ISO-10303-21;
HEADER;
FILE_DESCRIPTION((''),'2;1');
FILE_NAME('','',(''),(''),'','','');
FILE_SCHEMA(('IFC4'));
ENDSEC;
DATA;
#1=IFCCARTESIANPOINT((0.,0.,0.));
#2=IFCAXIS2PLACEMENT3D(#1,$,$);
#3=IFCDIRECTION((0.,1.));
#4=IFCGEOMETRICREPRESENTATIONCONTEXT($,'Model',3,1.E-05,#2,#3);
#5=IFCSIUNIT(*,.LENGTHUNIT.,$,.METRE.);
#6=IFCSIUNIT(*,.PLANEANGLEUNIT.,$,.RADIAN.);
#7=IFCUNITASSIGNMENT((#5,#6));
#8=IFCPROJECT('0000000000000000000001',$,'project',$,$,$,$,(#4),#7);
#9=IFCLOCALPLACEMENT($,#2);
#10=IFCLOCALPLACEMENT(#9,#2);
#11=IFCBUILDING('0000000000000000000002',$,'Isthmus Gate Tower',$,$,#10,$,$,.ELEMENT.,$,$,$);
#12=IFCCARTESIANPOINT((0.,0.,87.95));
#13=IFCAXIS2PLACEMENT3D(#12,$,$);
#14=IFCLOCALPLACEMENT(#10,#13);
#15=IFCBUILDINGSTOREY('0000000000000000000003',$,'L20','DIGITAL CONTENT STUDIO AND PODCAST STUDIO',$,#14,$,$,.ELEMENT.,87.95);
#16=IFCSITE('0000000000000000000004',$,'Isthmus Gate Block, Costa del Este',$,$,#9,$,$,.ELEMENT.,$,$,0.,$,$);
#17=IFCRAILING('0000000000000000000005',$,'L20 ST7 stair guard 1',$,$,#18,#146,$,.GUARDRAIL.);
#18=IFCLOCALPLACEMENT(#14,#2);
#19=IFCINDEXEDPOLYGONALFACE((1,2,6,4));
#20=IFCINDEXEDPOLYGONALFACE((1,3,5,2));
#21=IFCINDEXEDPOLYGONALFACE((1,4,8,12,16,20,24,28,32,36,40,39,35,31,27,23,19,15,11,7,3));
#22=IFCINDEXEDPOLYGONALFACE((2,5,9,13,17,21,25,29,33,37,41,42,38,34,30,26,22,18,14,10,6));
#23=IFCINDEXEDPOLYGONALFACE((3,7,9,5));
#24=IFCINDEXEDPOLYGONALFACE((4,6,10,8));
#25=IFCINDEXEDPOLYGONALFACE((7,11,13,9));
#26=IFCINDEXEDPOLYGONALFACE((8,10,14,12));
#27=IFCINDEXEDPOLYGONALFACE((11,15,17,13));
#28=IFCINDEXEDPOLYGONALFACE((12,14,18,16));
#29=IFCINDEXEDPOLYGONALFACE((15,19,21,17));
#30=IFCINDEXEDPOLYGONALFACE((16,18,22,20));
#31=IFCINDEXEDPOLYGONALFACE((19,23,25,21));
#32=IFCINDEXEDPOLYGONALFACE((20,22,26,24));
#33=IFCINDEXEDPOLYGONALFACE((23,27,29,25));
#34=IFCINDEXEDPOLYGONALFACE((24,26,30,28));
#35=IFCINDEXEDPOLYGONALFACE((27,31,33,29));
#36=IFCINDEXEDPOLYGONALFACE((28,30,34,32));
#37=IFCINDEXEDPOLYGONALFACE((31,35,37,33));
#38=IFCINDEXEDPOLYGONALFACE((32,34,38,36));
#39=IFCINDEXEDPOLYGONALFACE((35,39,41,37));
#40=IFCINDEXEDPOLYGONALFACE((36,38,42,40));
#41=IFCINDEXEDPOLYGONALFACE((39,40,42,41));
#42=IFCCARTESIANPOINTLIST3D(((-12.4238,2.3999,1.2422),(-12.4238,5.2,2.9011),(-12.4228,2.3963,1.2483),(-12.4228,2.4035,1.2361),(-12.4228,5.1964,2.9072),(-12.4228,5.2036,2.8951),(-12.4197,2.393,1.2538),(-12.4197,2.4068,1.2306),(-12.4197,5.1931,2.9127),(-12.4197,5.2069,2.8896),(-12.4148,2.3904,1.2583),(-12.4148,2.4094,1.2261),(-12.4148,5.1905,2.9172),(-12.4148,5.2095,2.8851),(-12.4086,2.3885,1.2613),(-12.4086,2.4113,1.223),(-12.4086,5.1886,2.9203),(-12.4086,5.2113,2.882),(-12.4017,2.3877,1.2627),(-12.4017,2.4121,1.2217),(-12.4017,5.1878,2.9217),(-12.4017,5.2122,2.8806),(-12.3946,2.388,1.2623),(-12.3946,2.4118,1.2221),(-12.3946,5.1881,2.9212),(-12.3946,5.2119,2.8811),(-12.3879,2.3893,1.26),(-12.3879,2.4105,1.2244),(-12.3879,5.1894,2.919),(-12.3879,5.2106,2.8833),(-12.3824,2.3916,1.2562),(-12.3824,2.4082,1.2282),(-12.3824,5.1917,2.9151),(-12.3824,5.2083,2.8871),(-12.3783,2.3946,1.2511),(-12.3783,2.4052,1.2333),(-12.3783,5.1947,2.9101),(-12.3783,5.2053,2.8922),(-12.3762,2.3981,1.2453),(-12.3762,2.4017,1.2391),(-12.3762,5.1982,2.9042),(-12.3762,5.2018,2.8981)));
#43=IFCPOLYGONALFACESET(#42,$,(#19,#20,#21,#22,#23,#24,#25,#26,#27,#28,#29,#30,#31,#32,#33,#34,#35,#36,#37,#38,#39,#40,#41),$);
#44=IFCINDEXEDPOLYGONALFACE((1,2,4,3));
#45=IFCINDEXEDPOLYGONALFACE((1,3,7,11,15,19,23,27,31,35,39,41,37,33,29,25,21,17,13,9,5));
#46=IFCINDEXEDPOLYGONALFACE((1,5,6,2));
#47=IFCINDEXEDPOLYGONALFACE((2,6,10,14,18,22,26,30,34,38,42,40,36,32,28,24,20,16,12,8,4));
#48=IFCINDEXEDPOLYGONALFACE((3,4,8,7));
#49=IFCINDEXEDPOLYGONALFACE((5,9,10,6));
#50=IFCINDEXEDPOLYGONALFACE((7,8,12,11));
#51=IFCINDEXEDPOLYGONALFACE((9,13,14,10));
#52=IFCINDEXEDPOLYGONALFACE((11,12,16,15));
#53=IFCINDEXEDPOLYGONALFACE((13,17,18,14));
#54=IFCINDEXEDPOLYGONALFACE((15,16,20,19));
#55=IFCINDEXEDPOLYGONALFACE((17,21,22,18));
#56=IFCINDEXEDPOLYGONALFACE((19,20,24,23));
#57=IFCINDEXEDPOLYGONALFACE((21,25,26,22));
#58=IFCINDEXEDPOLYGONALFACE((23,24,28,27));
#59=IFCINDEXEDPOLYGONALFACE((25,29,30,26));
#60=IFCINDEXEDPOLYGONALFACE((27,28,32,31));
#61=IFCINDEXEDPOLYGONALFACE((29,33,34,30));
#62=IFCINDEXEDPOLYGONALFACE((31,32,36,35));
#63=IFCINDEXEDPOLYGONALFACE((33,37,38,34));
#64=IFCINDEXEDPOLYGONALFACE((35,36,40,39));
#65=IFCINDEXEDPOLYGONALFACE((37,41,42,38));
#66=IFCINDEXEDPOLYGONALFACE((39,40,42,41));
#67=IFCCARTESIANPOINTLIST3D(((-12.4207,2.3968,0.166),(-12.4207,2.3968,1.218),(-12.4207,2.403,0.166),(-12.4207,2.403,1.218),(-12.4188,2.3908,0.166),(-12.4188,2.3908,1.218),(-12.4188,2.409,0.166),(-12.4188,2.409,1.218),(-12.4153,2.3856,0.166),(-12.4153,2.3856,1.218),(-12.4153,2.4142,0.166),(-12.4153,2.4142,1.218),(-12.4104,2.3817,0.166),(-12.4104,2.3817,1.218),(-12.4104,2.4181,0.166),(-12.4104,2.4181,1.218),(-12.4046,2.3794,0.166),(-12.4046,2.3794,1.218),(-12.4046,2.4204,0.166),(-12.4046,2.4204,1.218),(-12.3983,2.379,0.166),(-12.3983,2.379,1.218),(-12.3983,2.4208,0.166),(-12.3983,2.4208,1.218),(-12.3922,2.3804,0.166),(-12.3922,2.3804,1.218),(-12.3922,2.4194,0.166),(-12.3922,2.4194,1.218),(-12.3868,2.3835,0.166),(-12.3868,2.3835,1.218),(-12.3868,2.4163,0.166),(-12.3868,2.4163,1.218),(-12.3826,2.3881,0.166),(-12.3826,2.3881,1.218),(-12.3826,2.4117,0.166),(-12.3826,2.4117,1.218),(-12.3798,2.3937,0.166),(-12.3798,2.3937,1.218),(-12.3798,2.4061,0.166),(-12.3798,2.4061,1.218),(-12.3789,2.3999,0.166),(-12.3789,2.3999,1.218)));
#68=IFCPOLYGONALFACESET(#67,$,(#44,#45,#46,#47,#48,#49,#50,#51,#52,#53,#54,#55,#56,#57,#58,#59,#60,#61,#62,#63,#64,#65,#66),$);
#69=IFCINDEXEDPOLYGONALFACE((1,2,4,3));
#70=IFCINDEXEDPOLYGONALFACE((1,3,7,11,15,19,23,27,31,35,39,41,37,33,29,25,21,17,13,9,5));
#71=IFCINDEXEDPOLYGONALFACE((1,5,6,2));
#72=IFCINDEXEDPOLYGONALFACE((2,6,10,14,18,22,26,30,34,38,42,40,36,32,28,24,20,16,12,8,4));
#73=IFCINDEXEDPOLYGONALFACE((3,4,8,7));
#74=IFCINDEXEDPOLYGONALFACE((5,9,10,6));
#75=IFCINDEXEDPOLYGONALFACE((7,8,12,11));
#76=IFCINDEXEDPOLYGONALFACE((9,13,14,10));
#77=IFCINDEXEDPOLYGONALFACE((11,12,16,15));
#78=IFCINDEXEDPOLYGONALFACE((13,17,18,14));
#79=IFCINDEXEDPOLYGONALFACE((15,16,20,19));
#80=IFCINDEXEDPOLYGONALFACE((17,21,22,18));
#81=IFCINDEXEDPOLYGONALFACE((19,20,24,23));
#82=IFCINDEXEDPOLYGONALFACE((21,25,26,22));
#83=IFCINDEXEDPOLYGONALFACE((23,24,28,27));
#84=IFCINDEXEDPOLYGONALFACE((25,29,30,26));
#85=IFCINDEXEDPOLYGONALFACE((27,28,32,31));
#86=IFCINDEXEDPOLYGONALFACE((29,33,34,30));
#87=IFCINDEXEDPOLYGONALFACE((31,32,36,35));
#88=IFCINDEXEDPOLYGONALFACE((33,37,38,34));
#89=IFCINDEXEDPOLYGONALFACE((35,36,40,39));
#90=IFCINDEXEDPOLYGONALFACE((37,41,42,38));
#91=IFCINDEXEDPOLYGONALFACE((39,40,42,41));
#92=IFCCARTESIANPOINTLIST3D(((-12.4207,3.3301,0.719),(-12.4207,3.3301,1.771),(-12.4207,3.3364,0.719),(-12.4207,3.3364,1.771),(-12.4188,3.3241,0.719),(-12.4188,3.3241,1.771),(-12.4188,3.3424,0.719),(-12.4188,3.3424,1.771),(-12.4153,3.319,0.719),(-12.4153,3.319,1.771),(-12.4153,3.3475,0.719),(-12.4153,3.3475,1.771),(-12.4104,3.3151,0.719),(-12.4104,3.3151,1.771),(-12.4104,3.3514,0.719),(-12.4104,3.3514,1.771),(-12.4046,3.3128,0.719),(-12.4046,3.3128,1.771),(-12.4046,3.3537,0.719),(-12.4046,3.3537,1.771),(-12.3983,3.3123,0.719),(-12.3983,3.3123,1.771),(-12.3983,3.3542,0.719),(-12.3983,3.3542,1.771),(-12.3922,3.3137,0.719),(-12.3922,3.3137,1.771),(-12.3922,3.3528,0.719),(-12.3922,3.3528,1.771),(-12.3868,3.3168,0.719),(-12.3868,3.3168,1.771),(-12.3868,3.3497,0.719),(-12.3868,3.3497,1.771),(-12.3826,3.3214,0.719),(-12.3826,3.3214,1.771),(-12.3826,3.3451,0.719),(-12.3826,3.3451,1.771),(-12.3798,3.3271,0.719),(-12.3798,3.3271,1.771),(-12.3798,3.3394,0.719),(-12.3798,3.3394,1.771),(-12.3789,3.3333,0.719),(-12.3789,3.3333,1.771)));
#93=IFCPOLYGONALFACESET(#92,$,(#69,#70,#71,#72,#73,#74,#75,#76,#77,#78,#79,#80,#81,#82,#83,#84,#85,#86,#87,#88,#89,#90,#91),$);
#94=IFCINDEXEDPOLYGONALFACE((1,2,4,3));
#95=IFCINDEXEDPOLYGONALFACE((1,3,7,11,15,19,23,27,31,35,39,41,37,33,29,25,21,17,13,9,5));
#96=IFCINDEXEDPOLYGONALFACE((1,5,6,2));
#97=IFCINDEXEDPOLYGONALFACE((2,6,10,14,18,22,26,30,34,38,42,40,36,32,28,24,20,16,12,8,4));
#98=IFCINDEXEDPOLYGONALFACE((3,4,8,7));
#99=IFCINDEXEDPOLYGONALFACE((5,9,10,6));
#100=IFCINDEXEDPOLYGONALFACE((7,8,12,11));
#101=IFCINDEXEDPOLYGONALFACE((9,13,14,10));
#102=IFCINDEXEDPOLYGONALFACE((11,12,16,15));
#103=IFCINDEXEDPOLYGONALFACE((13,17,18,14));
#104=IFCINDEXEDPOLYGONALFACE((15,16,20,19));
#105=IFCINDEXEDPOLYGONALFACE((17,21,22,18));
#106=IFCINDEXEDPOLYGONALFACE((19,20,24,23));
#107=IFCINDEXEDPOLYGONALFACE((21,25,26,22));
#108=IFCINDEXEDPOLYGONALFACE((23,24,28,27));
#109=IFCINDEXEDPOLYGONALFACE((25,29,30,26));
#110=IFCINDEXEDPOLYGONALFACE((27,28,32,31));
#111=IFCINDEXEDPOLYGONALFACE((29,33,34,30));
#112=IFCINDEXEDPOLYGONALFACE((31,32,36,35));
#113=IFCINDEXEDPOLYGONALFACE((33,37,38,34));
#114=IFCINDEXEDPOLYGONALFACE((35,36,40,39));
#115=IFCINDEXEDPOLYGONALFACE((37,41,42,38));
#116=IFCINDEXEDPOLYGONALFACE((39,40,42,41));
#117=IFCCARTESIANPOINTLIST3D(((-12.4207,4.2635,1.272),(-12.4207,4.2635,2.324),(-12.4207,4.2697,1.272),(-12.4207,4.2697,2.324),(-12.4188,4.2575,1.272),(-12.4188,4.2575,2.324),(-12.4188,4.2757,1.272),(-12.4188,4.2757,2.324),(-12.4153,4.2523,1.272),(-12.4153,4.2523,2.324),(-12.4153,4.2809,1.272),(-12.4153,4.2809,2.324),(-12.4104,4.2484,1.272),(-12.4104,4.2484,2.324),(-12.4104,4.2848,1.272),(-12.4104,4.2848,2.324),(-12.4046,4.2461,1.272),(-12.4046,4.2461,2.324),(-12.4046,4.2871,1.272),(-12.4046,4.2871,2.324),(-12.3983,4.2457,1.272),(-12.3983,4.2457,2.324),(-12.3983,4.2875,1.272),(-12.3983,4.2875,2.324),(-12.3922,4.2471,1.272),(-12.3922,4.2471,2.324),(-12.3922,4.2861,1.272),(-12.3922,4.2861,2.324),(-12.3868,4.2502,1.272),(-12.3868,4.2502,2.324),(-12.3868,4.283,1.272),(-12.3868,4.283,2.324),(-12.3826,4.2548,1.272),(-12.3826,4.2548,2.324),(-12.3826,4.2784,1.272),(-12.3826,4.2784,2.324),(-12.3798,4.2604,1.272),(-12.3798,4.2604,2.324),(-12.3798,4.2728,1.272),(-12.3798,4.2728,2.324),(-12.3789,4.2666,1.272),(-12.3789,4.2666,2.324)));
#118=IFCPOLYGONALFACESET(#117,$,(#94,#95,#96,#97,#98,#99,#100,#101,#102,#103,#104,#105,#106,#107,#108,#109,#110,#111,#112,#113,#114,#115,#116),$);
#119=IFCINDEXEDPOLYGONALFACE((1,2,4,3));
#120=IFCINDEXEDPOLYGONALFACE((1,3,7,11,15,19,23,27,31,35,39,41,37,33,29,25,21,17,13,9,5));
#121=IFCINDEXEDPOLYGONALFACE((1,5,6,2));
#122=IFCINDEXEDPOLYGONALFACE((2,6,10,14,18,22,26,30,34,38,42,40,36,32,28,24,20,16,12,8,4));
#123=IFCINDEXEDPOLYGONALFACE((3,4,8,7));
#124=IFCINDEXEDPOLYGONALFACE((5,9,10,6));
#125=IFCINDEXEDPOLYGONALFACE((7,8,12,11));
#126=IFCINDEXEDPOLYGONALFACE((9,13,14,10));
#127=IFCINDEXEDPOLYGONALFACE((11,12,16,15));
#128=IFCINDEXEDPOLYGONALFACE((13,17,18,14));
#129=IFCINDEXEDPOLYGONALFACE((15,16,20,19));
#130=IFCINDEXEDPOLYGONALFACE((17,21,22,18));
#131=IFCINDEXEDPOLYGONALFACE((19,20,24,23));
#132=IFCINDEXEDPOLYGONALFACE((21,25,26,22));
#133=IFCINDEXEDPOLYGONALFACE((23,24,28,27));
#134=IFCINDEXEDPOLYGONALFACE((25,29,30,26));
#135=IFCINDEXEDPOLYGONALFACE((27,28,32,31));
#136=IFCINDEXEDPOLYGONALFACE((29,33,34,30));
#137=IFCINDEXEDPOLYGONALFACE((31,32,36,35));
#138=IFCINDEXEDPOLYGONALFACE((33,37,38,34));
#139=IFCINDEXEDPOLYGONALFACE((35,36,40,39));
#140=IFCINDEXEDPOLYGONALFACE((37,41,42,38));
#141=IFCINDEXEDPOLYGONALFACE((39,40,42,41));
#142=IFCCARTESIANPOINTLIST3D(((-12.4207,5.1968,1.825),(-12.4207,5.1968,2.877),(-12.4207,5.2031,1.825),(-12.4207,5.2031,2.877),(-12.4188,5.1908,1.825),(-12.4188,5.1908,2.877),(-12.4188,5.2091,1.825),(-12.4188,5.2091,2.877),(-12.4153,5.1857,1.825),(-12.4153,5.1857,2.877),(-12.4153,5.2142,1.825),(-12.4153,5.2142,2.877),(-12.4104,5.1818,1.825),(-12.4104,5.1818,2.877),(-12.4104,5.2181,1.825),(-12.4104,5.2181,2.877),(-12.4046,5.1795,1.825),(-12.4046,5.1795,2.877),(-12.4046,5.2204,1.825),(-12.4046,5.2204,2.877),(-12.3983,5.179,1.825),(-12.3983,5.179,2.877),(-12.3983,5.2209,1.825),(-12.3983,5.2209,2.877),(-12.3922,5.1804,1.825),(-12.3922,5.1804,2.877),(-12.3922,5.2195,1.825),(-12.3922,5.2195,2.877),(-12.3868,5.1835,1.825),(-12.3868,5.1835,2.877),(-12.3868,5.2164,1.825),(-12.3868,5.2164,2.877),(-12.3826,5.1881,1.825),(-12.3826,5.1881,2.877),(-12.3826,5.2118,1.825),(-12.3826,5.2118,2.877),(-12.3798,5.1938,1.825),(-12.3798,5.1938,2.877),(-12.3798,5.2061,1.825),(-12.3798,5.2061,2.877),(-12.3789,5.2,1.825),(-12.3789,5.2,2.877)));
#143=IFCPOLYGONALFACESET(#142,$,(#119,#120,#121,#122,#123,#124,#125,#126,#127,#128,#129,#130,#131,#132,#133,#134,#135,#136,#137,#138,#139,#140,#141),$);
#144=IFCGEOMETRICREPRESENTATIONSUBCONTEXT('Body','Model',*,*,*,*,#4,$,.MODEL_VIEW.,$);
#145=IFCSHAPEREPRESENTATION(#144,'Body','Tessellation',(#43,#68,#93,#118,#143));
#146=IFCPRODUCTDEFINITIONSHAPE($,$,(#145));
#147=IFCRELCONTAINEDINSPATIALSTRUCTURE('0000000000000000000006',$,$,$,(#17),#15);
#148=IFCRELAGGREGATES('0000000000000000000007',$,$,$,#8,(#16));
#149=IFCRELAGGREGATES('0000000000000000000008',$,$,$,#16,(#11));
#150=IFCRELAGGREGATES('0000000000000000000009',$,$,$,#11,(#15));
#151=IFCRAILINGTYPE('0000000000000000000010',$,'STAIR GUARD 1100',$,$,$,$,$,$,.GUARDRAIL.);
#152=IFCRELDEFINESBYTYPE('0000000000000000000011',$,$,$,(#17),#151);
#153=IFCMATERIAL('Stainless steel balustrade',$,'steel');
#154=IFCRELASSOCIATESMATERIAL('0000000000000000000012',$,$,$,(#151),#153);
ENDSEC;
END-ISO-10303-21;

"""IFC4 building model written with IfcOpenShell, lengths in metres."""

from ifc_helpers import new_model, si_unit, direction, frame, origin, origin_2d, place, context, subcontext, project, spatial, circle, extrude, material, type_object, element, save


model = new_model("IFC4")

# Units and contexts
model_context = context("Model", 3, precision=1e-05, world=origin(), true_north=direction((0.0, 1.0)))
body_context = subcontext(model_context, "Body", "Model", "MODEL_VIEW")
ifc_project = project(units=[si_unit("LENGTHUNIT", "METRE"), si_unit("PLANEANGLEUNIT", "RADIAN")], contexts=[model_context])

# Site, building, storey
site_placement = place(None, origin())
site = spatial("IfcSite", under=ifc_project, at=site_placement, Name="Isthmus Gate Block, Costa del Este", CompositionType="ELEMENT", RefElevation=0.0)
building_placement = place(site_placement, origin())
building = spatial("IfcBuilding", under=site, at=building_placement, Name="Isthmus Gate Tower", CompositionType="ELEMENT")
storey_placement = place(building_placement, frame((0.0, 0.0, 87.95)))
storey = spatial("IfcBuildingStorey", under=building, at=storey_placement, Name="L20", Description="DIGITAL CONTENT STUDIO AND PODCAST STUDIO", CompositionType="ELEMENT", Elevation=87.95)

# Railing
ifc_material_1 = material(Name="Stainless steel balustrade", Category="steel")
railing_type_1 = type_object("IfcRailingType", Name="STAIR GUARD 1100", PredefinedType="GUARDRAIL", material=ifc_material_1)
railing_1_placement = place(storey_placement, frame((-12.3999, 2.3999, 0.166)))
element("IfcRailing", 1, at=railing_1_placement, inside=storey, type_object=railing_type_1, Name="L20 ST7 stair guard 1", PredefinedType="GUARDRAIL", context=body_context, shape_type="SweptSolid", body=[
    extrude(circle(Radius=0.0239, at=origin_2d()), frame((0.0, 0.0, 1.0762), z_axis=(0.0, 0.860339, 0.509722), x_axis=(-1.0, 0.0, 0.0)), (0.0, 0.0, 1.0), 3.2546),
    extrude(circle(Radius=0.021, at=origin_2d()), origin(), (0.0, 0.0, 1.0), 1.052),
    extrude(circle(Radius=0.021, at=origin_2d()), frame((0.0, 0.9333, 0.553)), (0.0, 0.0, 1.0), 1.052),
    extrude(circle(Radius=0.021, at=origin_2d()), frame((0.0, 1.8667, 1.106)), (0.0, 0.0, 1.0), 1.052),
    extrude(circle(Radius=0.021, at=origin_2d()), frame((0.0, 2.8, 1.6589)), (0.0, 0.0, 1.0), 1.052),
])

save(model, "model.ifc")
